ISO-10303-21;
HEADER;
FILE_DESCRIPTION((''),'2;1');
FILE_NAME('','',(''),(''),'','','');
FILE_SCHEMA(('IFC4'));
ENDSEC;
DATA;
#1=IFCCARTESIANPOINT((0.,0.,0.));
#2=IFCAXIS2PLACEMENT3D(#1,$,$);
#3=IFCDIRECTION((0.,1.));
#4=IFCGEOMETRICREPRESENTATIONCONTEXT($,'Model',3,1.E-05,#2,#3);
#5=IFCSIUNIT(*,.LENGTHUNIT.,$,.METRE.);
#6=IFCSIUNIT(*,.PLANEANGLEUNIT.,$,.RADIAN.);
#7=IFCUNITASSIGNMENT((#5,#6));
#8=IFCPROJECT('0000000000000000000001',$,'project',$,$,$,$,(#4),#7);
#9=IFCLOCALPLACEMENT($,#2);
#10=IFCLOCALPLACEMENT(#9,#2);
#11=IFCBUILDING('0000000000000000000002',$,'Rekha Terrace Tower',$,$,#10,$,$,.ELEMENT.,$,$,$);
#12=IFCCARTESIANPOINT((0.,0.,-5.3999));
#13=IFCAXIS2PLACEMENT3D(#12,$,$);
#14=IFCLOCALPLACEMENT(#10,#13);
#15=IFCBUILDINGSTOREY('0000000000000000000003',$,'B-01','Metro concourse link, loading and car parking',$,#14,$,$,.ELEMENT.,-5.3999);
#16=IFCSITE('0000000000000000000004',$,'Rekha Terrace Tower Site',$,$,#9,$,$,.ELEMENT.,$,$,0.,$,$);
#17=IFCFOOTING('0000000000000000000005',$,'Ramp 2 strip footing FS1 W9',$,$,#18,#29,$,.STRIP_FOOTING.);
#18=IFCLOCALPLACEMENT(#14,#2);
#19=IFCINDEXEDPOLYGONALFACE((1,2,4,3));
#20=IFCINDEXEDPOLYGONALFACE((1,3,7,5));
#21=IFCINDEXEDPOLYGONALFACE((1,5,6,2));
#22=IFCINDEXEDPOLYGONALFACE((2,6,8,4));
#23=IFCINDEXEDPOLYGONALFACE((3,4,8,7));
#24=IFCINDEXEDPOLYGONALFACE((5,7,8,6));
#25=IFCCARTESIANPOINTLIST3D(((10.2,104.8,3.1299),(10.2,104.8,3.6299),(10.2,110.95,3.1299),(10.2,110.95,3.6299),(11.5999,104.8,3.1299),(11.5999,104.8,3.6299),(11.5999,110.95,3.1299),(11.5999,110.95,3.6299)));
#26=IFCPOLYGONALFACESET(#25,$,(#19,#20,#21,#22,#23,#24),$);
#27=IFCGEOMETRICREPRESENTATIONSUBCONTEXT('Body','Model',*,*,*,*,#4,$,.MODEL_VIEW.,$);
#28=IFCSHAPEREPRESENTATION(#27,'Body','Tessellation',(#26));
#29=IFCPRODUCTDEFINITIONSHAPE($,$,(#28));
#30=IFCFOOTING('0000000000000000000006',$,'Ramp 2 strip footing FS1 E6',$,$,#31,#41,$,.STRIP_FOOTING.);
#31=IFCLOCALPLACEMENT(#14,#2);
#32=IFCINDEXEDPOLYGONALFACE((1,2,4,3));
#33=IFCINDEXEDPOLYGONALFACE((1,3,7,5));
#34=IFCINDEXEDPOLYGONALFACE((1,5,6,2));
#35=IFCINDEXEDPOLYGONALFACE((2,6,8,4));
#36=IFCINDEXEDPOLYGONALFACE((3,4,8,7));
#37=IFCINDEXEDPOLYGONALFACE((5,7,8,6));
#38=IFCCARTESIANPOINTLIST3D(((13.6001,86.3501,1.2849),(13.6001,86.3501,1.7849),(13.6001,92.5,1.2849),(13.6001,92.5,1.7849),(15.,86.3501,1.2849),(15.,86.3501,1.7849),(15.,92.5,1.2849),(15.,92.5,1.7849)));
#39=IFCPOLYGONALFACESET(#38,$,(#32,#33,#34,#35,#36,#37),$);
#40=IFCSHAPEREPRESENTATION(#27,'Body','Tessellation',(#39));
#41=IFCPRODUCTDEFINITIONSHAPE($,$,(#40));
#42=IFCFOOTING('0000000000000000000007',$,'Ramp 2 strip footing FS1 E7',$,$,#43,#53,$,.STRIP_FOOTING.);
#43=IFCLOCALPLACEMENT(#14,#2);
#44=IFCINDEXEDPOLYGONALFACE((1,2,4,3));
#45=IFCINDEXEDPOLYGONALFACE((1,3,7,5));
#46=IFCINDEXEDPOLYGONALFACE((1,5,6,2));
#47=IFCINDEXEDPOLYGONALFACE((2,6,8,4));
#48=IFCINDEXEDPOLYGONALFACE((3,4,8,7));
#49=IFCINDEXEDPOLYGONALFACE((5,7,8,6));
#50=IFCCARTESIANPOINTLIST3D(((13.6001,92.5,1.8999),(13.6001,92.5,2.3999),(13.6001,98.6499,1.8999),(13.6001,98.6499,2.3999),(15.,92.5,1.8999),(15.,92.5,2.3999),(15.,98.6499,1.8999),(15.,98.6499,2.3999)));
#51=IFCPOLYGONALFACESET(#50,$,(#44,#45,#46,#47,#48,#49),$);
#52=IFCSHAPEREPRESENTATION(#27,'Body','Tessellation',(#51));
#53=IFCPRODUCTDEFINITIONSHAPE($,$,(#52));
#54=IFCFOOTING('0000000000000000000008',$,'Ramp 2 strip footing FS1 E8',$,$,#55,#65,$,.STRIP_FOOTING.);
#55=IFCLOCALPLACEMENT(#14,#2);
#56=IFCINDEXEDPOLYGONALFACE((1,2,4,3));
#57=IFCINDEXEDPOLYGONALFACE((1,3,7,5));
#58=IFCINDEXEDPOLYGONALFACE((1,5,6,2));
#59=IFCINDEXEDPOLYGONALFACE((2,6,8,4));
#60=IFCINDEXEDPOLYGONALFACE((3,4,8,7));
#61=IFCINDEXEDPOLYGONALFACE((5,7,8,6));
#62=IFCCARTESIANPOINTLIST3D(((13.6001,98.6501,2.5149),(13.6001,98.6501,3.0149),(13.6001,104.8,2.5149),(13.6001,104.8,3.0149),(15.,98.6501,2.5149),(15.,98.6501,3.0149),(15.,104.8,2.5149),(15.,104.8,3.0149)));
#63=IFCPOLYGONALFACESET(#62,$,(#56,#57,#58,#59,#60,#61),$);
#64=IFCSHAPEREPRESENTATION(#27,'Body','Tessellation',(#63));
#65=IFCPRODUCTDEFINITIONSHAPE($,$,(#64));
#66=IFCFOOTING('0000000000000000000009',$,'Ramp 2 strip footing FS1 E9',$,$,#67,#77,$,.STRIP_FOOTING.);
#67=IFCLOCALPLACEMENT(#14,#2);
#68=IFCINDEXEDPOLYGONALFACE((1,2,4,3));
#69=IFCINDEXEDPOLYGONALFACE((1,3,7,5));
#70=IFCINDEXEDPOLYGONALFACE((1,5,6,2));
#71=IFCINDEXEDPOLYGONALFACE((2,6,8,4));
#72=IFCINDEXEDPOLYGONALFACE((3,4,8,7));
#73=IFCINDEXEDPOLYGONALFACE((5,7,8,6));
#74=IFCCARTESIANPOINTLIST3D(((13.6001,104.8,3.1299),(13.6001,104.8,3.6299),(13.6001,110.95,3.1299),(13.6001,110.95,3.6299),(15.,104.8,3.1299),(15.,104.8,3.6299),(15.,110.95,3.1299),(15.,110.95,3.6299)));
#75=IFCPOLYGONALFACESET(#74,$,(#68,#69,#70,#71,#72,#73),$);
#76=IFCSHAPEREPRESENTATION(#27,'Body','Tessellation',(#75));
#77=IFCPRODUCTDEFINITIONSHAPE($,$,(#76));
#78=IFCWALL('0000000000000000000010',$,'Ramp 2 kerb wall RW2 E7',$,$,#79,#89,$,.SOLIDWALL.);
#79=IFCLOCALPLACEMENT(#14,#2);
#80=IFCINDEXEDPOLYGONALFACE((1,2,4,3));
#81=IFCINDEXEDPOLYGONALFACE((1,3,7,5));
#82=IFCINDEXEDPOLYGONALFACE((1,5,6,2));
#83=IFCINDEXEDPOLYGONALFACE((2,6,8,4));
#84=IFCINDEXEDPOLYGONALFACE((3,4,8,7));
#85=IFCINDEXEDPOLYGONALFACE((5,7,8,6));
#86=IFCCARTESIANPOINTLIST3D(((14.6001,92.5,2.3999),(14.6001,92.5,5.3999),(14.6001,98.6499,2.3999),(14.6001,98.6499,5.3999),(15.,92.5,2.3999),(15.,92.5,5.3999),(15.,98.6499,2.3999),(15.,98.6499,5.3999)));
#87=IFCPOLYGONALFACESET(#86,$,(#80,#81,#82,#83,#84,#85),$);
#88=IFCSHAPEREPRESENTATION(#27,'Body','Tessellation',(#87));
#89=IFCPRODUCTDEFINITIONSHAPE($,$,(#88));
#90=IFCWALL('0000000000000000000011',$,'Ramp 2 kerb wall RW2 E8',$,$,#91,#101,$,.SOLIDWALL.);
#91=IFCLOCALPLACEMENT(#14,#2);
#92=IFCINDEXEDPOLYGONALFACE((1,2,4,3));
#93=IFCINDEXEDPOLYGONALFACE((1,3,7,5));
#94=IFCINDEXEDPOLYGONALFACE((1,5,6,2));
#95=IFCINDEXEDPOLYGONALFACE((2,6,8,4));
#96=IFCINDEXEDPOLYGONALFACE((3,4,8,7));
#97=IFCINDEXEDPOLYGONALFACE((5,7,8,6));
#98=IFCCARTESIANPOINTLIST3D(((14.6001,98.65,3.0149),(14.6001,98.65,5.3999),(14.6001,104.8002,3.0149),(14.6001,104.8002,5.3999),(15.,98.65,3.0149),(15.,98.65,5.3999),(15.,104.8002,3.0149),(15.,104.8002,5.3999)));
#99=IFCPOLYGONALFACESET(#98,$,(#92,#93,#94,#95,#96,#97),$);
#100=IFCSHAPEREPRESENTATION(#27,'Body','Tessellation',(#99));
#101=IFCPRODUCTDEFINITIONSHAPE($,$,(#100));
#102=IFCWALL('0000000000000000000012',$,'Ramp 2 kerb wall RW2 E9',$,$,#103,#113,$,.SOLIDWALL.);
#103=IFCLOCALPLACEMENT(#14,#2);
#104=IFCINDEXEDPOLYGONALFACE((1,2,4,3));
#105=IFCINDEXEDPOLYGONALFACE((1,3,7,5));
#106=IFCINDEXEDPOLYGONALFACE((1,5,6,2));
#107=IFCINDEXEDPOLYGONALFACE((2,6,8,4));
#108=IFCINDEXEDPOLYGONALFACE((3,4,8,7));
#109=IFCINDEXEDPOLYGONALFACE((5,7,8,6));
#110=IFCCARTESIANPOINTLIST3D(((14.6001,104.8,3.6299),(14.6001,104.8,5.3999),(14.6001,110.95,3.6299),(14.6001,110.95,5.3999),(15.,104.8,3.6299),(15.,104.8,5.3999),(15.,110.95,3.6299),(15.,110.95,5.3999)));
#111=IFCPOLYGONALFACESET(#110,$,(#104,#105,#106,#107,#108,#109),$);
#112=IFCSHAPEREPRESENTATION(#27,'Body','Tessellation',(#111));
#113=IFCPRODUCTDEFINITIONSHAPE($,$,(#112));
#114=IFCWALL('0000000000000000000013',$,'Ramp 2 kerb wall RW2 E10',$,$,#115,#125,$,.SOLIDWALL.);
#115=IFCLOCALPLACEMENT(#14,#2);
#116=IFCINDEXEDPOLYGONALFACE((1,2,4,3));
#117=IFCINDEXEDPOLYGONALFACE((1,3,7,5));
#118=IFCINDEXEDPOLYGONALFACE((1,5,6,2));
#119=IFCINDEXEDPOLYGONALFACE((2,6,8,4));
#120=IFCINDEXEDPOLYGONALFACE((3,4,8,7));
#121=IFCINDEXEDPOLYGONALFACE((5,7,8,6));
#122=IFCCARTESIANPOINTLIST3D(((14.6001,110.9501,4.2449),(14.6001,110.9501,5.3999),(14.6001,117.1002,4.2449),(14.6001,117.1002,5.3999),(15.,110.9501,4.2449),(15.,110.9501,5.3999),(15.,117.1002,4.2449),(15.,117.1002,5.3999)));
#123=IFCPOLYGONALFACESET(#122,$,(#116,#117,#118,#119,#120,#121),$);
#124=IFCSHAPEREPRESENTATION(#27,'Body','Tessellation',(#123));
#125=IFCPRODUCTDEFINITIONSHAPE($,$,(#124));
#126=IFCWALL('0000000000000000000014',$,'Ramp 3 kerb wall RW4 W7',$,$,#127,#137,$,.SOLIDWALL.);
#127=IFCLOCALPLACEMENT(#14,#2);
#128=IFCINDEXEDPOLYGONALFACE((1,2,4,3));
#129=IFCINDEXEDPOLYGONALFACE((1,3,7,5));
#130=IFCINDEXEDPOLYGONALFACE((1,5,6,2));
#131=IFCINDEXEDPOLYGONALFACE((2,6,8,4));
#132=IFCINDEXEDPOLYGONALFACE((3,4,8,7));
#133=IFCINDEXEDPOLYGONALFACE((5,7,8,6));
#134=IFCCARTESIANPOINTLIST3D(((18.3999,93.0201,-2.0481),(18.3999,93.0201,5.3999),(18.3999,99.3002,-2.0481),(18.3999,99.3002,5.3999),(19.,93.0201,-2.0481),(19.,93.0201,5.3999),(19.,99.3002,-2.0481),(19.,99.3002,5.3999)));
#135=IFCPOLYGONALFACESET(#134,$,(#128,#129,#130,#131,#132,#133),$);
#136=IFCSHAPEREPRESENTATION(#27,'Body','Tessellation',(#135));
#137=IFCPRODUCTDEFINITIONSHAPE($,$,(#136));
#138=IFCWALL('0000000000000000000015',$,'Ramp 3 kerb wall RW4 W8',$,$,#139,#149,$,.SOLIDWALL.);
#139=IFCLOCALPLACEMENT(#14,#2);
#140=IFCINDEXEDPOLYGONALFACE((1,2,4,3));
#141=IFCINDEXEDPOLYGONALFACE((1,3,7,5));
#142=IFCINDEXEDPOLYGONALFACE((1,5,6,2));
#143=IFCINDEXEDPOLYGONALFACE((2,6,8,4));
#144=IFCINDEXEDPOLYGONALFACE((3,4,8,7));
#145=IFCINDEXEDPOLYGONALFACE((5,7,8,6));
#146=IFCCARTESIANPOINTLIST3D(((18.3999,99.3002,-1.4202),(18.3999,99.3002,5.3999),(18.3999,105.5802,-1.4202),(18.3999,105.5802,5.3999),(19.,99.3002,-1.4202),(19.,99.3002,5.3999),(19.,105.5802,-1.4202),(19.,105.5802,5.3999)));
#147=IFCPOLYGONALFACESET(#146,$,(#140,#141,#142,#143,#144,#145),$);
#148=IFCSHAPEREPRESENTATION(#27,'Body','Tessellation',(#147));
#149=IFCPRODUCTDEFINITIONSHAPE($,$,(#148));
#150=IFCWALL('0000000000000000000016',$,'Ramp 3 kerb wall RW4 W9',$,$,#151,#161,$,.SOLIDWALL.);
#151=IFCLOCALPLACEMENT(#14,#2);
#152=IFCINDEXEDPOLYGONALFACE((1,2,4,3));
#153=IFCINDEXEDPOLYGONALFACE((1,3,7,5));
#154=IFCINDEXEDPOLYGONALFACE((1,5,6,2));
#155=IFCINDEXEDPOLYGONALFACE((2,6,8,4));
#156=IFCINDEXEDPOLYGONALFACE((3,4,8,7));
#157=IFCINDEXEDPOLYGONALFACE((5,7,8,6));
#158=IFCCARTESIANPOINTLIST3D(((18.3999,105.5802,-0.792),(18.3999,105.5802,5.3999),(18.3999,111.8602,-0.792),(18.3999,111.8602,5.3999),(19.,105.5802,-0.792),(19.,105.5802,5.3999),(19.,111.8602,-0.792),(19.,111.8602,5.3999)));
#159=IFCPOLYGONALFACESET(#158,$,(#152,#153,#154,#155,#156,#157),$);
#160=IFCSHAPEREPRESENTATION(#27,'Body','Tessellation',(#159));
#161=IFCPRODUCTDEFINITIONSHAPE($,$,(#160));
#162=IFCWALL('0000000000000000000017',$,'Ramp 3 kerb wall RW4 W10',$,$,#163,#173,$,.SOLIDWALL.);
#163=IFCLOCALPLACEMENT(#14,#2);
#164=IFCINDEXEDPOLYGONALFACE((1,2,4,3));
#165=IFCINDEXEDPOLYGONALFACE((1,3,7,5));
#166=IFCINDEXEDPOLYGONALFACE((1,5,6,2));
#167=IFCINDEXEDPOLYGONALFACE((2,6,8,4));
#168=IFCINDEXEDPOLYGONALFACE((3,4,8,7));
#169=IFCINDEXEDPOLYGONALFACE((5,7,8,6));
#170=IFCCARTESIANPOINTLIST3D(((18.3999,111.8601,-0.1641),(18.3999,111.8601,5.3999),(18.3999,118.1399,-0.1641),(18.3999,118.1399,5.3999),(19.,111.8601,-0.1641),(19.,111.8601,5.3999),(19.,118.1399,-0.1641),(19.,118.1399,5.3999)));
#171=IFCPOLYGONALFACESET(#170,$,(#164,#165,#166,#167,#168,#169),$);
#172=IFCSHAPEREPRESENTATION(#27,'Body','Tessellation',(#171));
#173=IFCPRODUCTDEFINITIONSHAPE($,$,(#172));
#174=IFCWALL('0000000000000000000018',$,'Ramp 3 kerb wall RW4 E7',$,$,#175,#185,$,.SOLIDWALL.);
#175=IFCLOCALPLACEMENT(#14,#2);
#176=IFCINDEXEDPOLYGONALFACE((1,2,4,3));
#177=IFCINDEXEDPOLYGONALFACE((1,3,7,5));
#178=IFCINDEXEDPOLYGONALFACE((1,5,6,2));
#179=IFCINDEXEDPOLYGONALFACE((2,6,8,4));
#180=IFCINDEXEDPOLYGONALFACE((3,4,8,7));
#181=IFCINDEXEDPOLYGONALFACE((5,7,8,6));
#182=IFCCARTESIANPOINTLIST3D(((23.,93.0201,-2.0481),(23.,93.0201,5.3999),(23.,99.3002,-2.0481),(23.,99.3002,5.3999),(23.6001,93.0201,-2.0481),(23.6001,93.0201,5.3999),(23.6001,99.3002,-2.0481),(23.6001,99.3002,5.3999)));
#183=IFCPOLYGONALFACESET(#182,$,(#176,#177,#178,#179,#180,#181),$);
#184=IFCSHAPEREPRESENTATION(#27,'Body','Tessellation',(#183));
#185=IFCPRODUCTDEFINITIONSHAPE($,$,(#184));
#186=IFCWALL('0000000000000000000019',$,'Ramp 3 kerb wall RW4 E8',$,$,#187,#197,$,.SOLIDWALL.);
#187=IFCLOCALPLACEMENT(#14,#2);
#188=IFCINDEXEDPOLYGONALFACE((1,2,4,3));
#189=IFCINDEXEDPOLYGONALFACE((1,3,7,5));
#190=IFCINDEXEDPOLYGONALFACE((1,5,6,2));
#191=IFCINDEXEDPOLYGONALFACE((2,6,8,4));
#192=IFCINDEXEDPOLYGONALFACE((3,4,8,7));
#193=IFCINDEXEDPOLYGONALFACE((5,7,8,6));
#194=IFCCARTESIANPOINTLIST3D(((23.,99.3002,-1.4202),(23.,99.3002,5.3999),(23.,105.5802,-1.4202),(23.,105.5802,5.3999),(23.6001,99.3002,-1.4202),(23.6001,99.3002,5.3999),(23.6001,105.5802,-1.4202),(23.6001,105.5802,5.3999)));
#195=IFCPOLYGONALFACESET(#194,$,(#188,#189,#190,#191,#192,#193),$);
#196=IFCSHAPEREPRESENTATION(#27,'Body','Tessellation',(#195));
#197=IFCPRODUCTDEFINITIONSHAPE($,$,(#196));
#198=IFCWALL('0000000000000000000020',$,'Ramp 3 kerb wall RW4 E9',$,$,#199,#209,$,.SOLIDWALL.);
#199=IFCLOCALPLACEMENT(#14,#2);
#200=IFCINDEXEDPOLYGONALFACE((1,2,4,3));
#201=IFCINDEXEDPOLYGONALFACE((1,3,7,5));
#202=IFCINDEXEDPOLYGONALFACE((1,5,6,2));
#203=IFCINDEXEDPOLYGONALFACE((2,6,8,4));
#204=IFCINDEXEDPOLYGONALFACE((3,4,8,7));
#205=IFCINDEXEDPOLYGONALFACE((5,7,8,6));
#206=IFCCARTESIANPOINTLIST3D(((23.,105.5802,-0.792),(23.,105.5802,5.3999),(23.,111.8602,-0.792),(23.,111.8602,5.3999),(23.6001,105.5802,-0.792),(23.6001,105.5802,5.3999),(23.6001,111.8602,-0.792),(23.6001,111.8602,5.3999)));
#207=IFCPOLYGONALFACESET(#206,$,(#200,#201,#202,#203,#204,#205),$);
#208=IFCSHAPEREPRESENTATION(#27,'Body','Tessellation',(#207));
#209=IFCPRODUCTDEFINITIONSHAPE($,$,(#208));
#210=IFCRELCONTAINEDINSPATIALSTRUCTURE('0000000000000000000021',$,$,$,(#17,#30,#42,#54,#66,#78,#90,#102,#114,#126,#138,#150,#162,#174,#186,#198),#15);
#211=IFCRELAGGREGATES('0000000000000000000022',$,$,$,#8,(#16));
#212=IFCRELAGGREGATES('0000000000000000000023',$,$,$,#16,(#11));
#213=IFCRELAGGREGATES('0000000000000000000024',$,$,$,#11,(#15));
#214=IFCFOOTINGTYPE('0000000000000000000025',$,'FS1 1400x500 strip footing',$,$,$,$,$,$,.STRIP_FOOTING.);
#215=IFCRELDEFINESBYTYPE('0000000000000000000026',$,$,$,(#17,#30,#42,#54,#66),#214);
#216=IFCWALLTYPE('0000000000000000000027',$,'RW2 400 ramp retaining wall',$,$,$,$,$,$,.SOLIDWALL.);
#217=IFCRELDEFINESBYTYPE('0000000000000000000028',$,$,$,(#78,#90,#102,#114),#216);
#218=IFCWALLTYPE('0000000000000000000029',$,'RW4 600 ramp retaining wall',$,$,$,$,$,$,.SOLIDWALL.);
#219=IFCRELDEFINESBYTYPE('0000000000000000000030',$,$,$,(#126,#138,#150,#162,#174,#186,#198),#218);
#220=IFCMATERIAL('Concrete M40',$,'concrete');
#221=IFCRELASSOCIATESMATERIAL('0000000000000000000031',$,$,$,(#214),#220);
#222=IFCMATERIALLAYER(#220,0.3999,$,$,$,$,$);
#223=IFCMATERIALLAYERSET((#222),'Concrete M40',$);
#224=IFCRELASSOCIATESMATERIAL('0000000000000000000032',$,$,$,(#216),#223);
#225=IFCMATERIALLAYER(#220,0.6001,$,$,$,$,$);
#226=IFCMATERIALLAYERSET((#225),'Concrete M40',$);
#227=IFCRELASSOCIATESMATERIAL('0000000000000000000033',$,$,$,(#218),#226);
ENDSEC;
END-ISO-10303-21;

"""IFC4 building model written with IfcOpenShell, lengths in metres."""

from ifc_helpers import new_model, si_unit, direction, frame, frame_2d, origin, origin_2d, place, context, subcontext, project, spatial, rectangle, extrude, material, layer, layer_set, type_object, element, save


model = new_model("IFC4")

# Units and contexts
model_context = context("Model", 3, precision=1e-05, world=origin(), true_north=direction((0.0, 1.0)))
body_context = subcontext(model_context, "Body", "Model", "MODEL_VIEW")
ifc_project = project(units=[si_unit("LENGTHUNIT", "METRE"), si_unit("PLANEANGLEUNIT", "RADIAN")], contexts=[model_context])

# Site, building, storey
site_placement = place(None, origin())
site = spatial("IfcSite", under=ifc_project, at=site_placement, Name="Rekha Terrace Tower Site", CompositionType="ELEMENT", RefElevation=0.0)
building_placement = place(site_placement, origin())
building = spatial("IfcBuilding", under=site, at=building_placement, Name="Rekha Terrace Tower", CompositionType="ELEMENT")
storey_placement = place(building_placement, frame((0.0, 0.0, -5.3999)))
storey = spatial("IfcBuildingStorey", under=building, at=storey_placement, Name="B-01", Description="Metro concourse link, loading and car parking", CompositionType="ELEMENT", Elevation=-5.3999)

# Footings
ifc_material = material(Name="Concrete M40", Category="concrete")
footing_type = type_object("IfcFootingType", Name="FS1 1400x500 strip footing", PredefinedType="STRIP_FOOTING", material=ifc_material)
for number, where, z_axis, x_axis, name in (
    (1, (10.8999, 107.875, 3.1299), (0.0, 0.0, 1.0), (1.0, 0.0, 0.0), "Ramp 2 strip footing FS1 W9"),
    (2, (14.3, 89.425, 1.2849), (0.0, 0.0, 1.0), (1.0, 0.0, 0.0), "Ramp 2 strip footing FS1 E6"),
    (3, (14.3, 95.575, 1.8999), (0.0, 0.0, 1.0), (1.0, 0.0, 0.0), "Ramp 2 strip footing FS1 E7"),
    (4, (14.3, 101.7251, 2.5149), (0.0, 0.0, 1.0), (1.0, 0.0, 0.0), "Ramp 2 strip footing FS1 E8"),
    (5, (14.3, 107.875, 3.1299), (0.0, 0.0, 1.0), (1.0, 0.0, 0.0), "Ramp 2 strip footing FS1 E9"),
):
    element("IfcFooting", number, at=place(storey_placement, frame(where, z_axis=z_axis, x_axis=x_axis)), inside=storey, type_object=footing_type, Name=name, PredefinedType="STRIP_FOOTING", context=body_context, shape_type="SweptSolid", body=[
        extrude(rectangle(XDim=1.3999, YDim=6.1499, at=origin_2d()), origin(), (0.0, 0.0, 1.0), 0.5),
    ])

# Walls
ifc_layer_1 = layer(ifc_material, 0.3999)
ifc_layer_set_1 = layer_set([ifc_layer_1], Name="Concrete M40")
wall_type_1 = type_object("IfcWallType", Name="RW2 400 ramp retaining wall", PredefinedType="SOLIDWALL", material=ifc_layer_set_1)
wall_1_placement = place(storey_placement, frame((14.8, 92.5, 2.3999), z_axis=(0.0, 0.0, 1.0), x_axis=(0.0, 1.0, 0.0)))
element("IfcWall", 6, at=wall_1_placement, inside=storey, type_object=wall_type_1, Name="Ramp 2 kerb wall RW2 E7", PredefinedType="SOLIDWALL", context=body_context, shape_type="SweptSolid", body=[
    extrude(rectangle(XDim=6.1499, YDim=0.3999, at=frame_2d((3.075, 0.0))), origin(), (0.0, 0.0, 1.0), 3.0),
])
wall_2_placement = place(storey_placement, frame((14.8, 98.6499, 3.0149), z_axis=(0.0, 0.0, 1.0), x_axis=(0.0, 1.0, 0.0)))
element("IfcWall", 7, at=wall_2_placement, inside=storey, type_object=wall_type_1, Name="Ramp 2 kerb wall RW2 E8", PredefinedType="SOLIDWALL", context=body_context, shape_type="SweptSolid", body=[
    extrude(rectangle(XDim=6.1501, YDim=0.3999, at=frame_2d((3.0752, 0.0))), origin(), (0.0, 0.0, 1.0), 2.385),
])
wall_3_placement = place(storey_placement, frame((14.8, 104.8, 3.6299), z_axis=(0.0, 0.0, 1.0), x_axis=(0.0, 1.0, 0.0)))
element("IfcWall", 8, at=wall_3_placement, inside=storey, type_object=wall_type_1, Name="Ramp 2 kerb wall RW2 E9", PredefinedType="SOLIDWALL", context=body_context, shape_type="SweptSolid", body=[
    extrude(rectangle(XDim=6.1499, YDim=0.3999, at=frame_2d((3.075, 0.0))), origin(), (0.0, 0.0, 1.0), 1.77),
])
wall_4_placement = place(storey_placement, frame((14.8, 110.95, 4.2449), z_axis=(0.0, 0.0, 1.0), x_axis=(0.0, 1.0, 0.0)))
element("IfcWall", 9, at=wall_4_placement, inside=storey, type_object=wall_type_1, Name="Ramp 2 kerb wall RW2 E10", PredefinedType="SOLIDWALL", context=body_context, shape_type="SweptSolid", body=[
    extrude(rectangle(XDim=6.1501, YDim=0.3999, at=frame_2d((3.0752, 0.0))), origin(), (0.0, 0.0, 1.0), 1.155),
])
ifc_layer_2 = layer(ifc_material, 0.6001)
ifc_layer_set_2 = layer_set([ifc_layer_2], Name="Concrete M40")
wall_type_2 = type_object("IfcWallType", Name="RW4 600 ramp retaining wall", PredefinedType="SOLIDWALL", material=ifc_layer_set_2)
wall_5_placement = place(storey_placement, frame((18.7, 93.02, -2.0481), z_axis=(0.0, 0.0, 1.0), x_axis=(0.0, 1.0, 0.0)))
element("IfcWall", 10, at=wall_5_placement, inside=storey, type_object=wall_type_2, Name="Ramp 3 kerb wall RW4 W7", PredefinedType="SOLIDWALL", context=body_context, shape_type="SweptSolid", body=[
    extrude(rectangle(XDim=6.28, YDim=0.6001, at=frame_2d((3.1401, 0.0))), origin(), (0.0, 0.0, 1.0), 7.448),
])
wall_6_placement = place(storey_placement, frame((18.7, 99.3, -1.4202), z_axis=(0.0, 0.0, 1.0), x_axis=(0.0, 1.0, 0.0)))
element("IfcWall", 11, at=wall_6_placement, inside=storey, type_object=wall_type_2, Name="Ramp 3 kerb wall RW4 W8", PredefinedType="SOLIDWALL", context=body_context, shape_type="SweptSolid", body=[
    extrude(rectangle(XDim=6.28, YDim=0.6001, at=frame_2d((3.1401, 0.0))), origin(), (0.0, 0.0, 1.0), 6.8201),
])
wall_7_placement = place(storey_placement, frame((18.7, 105.5801, -0.792), z_axis=(0.0, 0.0, 1.0), x_axis=(0.0, 1.0, 0.0)))
element("IfcWall", 12, at=wall_7_placement, inside=storey, type_object=wall_type_2, Name="Ramp 3 kerb wall RW4 W9", PredefinedType="SOLIDWALL", context=body_context, shape_type="SweptSolid", body=[
    extrude(rectangle(XDim=6.28, YDim=0.6001, at=frame_2d((3.1401, 0.0))), origin(), (0.0, 0.0, 1.0), 6.1919),
])
wall_8_placement = place(storey_placement, frame((18.7, 111.8601, -0.1641), z_axis=(0.0, 0.0, 1.0), x_axis=(0.0, 1.0, 0.0)))
element("IfcWall", 13, at=wall_8_placement, inside=storey, type_object=wall_type_2, Name="Ramp 3 kerb wall RW4 W10", PredefinedType="SOLIDWALL", context=body_context, shape_type="SweptSolid", body=[
    extrude(rectangle(XDim=6.2798, YDim=0.6001, at=frame_2d((3.1399, 0.0))), origin(), (0.0, 0.0, 1.0), 5.564),
])
wall_9_placement = place(storey_placement, frame((23.3, 93.02, -2.0481), z_axis=(0.0, 0.0, 1.0), x_axis=(0.0, 1.0, 0.0)))
element("IfcWall", 14, at=wall_9_placement, inside=storey, type_object=wall_type_2, Name="Ramp 3 kerb wall RW4 E7", PredefinedType="SOLIDWALL", context=body_context, shape_type="SweptSolid", body=[
    extrude(rectangle(XDim=6.28, YDim=0.6001, at=frame_2d((3.1401, 0.0))), origin(), (0.0, 0.0, 1.0), 7.448),
])
wall_10_placement = place(storey_placement, frame((23.3, 99.3, -1.4202), z_axis=(0.0, 0.0, 1.0), x_axis=(0.0, 1.0, 0.0)))
element("IfcWall", 15, at=wall_10_placement, inside=storey, type_object=wall_type_2, Name="Ramp 3 kerb wall RW4 E8", PredefinedType="SOLIDWALL", context=body_context, shape_type="SweptSolid", body=[
    extrude(rectangle(XDim=6.28, YDim=0.6001, at=frame_2d((3.1401, 0.0))), origin(), (0.0, 0.0, 1.0), 6.8201),
])
wall_11_placement = place(storey_placement, frame((23.3, 105.5801, -0.792), z_axis=(0.0, 0.0, 1.0), x_axis=(0.0, 1.0, 0.0)))
element("IfcWall", 16, at=wall_11_placement, inside=storey, type_object=wall_type_2, Name="Ramp 3 kerb wall RW4 E9", PredefinedType="SOLIDWALL", context=body_context, shape_type="SweptSolid", body=[
    extrude(rectangle(XDim=6.28, YDim=0.6001, at=frame_2d((3.1401, 0.0))), origin(), (0.0, 0.0, 1.0), 6.1919),
])

save(model, "model.ifc")
